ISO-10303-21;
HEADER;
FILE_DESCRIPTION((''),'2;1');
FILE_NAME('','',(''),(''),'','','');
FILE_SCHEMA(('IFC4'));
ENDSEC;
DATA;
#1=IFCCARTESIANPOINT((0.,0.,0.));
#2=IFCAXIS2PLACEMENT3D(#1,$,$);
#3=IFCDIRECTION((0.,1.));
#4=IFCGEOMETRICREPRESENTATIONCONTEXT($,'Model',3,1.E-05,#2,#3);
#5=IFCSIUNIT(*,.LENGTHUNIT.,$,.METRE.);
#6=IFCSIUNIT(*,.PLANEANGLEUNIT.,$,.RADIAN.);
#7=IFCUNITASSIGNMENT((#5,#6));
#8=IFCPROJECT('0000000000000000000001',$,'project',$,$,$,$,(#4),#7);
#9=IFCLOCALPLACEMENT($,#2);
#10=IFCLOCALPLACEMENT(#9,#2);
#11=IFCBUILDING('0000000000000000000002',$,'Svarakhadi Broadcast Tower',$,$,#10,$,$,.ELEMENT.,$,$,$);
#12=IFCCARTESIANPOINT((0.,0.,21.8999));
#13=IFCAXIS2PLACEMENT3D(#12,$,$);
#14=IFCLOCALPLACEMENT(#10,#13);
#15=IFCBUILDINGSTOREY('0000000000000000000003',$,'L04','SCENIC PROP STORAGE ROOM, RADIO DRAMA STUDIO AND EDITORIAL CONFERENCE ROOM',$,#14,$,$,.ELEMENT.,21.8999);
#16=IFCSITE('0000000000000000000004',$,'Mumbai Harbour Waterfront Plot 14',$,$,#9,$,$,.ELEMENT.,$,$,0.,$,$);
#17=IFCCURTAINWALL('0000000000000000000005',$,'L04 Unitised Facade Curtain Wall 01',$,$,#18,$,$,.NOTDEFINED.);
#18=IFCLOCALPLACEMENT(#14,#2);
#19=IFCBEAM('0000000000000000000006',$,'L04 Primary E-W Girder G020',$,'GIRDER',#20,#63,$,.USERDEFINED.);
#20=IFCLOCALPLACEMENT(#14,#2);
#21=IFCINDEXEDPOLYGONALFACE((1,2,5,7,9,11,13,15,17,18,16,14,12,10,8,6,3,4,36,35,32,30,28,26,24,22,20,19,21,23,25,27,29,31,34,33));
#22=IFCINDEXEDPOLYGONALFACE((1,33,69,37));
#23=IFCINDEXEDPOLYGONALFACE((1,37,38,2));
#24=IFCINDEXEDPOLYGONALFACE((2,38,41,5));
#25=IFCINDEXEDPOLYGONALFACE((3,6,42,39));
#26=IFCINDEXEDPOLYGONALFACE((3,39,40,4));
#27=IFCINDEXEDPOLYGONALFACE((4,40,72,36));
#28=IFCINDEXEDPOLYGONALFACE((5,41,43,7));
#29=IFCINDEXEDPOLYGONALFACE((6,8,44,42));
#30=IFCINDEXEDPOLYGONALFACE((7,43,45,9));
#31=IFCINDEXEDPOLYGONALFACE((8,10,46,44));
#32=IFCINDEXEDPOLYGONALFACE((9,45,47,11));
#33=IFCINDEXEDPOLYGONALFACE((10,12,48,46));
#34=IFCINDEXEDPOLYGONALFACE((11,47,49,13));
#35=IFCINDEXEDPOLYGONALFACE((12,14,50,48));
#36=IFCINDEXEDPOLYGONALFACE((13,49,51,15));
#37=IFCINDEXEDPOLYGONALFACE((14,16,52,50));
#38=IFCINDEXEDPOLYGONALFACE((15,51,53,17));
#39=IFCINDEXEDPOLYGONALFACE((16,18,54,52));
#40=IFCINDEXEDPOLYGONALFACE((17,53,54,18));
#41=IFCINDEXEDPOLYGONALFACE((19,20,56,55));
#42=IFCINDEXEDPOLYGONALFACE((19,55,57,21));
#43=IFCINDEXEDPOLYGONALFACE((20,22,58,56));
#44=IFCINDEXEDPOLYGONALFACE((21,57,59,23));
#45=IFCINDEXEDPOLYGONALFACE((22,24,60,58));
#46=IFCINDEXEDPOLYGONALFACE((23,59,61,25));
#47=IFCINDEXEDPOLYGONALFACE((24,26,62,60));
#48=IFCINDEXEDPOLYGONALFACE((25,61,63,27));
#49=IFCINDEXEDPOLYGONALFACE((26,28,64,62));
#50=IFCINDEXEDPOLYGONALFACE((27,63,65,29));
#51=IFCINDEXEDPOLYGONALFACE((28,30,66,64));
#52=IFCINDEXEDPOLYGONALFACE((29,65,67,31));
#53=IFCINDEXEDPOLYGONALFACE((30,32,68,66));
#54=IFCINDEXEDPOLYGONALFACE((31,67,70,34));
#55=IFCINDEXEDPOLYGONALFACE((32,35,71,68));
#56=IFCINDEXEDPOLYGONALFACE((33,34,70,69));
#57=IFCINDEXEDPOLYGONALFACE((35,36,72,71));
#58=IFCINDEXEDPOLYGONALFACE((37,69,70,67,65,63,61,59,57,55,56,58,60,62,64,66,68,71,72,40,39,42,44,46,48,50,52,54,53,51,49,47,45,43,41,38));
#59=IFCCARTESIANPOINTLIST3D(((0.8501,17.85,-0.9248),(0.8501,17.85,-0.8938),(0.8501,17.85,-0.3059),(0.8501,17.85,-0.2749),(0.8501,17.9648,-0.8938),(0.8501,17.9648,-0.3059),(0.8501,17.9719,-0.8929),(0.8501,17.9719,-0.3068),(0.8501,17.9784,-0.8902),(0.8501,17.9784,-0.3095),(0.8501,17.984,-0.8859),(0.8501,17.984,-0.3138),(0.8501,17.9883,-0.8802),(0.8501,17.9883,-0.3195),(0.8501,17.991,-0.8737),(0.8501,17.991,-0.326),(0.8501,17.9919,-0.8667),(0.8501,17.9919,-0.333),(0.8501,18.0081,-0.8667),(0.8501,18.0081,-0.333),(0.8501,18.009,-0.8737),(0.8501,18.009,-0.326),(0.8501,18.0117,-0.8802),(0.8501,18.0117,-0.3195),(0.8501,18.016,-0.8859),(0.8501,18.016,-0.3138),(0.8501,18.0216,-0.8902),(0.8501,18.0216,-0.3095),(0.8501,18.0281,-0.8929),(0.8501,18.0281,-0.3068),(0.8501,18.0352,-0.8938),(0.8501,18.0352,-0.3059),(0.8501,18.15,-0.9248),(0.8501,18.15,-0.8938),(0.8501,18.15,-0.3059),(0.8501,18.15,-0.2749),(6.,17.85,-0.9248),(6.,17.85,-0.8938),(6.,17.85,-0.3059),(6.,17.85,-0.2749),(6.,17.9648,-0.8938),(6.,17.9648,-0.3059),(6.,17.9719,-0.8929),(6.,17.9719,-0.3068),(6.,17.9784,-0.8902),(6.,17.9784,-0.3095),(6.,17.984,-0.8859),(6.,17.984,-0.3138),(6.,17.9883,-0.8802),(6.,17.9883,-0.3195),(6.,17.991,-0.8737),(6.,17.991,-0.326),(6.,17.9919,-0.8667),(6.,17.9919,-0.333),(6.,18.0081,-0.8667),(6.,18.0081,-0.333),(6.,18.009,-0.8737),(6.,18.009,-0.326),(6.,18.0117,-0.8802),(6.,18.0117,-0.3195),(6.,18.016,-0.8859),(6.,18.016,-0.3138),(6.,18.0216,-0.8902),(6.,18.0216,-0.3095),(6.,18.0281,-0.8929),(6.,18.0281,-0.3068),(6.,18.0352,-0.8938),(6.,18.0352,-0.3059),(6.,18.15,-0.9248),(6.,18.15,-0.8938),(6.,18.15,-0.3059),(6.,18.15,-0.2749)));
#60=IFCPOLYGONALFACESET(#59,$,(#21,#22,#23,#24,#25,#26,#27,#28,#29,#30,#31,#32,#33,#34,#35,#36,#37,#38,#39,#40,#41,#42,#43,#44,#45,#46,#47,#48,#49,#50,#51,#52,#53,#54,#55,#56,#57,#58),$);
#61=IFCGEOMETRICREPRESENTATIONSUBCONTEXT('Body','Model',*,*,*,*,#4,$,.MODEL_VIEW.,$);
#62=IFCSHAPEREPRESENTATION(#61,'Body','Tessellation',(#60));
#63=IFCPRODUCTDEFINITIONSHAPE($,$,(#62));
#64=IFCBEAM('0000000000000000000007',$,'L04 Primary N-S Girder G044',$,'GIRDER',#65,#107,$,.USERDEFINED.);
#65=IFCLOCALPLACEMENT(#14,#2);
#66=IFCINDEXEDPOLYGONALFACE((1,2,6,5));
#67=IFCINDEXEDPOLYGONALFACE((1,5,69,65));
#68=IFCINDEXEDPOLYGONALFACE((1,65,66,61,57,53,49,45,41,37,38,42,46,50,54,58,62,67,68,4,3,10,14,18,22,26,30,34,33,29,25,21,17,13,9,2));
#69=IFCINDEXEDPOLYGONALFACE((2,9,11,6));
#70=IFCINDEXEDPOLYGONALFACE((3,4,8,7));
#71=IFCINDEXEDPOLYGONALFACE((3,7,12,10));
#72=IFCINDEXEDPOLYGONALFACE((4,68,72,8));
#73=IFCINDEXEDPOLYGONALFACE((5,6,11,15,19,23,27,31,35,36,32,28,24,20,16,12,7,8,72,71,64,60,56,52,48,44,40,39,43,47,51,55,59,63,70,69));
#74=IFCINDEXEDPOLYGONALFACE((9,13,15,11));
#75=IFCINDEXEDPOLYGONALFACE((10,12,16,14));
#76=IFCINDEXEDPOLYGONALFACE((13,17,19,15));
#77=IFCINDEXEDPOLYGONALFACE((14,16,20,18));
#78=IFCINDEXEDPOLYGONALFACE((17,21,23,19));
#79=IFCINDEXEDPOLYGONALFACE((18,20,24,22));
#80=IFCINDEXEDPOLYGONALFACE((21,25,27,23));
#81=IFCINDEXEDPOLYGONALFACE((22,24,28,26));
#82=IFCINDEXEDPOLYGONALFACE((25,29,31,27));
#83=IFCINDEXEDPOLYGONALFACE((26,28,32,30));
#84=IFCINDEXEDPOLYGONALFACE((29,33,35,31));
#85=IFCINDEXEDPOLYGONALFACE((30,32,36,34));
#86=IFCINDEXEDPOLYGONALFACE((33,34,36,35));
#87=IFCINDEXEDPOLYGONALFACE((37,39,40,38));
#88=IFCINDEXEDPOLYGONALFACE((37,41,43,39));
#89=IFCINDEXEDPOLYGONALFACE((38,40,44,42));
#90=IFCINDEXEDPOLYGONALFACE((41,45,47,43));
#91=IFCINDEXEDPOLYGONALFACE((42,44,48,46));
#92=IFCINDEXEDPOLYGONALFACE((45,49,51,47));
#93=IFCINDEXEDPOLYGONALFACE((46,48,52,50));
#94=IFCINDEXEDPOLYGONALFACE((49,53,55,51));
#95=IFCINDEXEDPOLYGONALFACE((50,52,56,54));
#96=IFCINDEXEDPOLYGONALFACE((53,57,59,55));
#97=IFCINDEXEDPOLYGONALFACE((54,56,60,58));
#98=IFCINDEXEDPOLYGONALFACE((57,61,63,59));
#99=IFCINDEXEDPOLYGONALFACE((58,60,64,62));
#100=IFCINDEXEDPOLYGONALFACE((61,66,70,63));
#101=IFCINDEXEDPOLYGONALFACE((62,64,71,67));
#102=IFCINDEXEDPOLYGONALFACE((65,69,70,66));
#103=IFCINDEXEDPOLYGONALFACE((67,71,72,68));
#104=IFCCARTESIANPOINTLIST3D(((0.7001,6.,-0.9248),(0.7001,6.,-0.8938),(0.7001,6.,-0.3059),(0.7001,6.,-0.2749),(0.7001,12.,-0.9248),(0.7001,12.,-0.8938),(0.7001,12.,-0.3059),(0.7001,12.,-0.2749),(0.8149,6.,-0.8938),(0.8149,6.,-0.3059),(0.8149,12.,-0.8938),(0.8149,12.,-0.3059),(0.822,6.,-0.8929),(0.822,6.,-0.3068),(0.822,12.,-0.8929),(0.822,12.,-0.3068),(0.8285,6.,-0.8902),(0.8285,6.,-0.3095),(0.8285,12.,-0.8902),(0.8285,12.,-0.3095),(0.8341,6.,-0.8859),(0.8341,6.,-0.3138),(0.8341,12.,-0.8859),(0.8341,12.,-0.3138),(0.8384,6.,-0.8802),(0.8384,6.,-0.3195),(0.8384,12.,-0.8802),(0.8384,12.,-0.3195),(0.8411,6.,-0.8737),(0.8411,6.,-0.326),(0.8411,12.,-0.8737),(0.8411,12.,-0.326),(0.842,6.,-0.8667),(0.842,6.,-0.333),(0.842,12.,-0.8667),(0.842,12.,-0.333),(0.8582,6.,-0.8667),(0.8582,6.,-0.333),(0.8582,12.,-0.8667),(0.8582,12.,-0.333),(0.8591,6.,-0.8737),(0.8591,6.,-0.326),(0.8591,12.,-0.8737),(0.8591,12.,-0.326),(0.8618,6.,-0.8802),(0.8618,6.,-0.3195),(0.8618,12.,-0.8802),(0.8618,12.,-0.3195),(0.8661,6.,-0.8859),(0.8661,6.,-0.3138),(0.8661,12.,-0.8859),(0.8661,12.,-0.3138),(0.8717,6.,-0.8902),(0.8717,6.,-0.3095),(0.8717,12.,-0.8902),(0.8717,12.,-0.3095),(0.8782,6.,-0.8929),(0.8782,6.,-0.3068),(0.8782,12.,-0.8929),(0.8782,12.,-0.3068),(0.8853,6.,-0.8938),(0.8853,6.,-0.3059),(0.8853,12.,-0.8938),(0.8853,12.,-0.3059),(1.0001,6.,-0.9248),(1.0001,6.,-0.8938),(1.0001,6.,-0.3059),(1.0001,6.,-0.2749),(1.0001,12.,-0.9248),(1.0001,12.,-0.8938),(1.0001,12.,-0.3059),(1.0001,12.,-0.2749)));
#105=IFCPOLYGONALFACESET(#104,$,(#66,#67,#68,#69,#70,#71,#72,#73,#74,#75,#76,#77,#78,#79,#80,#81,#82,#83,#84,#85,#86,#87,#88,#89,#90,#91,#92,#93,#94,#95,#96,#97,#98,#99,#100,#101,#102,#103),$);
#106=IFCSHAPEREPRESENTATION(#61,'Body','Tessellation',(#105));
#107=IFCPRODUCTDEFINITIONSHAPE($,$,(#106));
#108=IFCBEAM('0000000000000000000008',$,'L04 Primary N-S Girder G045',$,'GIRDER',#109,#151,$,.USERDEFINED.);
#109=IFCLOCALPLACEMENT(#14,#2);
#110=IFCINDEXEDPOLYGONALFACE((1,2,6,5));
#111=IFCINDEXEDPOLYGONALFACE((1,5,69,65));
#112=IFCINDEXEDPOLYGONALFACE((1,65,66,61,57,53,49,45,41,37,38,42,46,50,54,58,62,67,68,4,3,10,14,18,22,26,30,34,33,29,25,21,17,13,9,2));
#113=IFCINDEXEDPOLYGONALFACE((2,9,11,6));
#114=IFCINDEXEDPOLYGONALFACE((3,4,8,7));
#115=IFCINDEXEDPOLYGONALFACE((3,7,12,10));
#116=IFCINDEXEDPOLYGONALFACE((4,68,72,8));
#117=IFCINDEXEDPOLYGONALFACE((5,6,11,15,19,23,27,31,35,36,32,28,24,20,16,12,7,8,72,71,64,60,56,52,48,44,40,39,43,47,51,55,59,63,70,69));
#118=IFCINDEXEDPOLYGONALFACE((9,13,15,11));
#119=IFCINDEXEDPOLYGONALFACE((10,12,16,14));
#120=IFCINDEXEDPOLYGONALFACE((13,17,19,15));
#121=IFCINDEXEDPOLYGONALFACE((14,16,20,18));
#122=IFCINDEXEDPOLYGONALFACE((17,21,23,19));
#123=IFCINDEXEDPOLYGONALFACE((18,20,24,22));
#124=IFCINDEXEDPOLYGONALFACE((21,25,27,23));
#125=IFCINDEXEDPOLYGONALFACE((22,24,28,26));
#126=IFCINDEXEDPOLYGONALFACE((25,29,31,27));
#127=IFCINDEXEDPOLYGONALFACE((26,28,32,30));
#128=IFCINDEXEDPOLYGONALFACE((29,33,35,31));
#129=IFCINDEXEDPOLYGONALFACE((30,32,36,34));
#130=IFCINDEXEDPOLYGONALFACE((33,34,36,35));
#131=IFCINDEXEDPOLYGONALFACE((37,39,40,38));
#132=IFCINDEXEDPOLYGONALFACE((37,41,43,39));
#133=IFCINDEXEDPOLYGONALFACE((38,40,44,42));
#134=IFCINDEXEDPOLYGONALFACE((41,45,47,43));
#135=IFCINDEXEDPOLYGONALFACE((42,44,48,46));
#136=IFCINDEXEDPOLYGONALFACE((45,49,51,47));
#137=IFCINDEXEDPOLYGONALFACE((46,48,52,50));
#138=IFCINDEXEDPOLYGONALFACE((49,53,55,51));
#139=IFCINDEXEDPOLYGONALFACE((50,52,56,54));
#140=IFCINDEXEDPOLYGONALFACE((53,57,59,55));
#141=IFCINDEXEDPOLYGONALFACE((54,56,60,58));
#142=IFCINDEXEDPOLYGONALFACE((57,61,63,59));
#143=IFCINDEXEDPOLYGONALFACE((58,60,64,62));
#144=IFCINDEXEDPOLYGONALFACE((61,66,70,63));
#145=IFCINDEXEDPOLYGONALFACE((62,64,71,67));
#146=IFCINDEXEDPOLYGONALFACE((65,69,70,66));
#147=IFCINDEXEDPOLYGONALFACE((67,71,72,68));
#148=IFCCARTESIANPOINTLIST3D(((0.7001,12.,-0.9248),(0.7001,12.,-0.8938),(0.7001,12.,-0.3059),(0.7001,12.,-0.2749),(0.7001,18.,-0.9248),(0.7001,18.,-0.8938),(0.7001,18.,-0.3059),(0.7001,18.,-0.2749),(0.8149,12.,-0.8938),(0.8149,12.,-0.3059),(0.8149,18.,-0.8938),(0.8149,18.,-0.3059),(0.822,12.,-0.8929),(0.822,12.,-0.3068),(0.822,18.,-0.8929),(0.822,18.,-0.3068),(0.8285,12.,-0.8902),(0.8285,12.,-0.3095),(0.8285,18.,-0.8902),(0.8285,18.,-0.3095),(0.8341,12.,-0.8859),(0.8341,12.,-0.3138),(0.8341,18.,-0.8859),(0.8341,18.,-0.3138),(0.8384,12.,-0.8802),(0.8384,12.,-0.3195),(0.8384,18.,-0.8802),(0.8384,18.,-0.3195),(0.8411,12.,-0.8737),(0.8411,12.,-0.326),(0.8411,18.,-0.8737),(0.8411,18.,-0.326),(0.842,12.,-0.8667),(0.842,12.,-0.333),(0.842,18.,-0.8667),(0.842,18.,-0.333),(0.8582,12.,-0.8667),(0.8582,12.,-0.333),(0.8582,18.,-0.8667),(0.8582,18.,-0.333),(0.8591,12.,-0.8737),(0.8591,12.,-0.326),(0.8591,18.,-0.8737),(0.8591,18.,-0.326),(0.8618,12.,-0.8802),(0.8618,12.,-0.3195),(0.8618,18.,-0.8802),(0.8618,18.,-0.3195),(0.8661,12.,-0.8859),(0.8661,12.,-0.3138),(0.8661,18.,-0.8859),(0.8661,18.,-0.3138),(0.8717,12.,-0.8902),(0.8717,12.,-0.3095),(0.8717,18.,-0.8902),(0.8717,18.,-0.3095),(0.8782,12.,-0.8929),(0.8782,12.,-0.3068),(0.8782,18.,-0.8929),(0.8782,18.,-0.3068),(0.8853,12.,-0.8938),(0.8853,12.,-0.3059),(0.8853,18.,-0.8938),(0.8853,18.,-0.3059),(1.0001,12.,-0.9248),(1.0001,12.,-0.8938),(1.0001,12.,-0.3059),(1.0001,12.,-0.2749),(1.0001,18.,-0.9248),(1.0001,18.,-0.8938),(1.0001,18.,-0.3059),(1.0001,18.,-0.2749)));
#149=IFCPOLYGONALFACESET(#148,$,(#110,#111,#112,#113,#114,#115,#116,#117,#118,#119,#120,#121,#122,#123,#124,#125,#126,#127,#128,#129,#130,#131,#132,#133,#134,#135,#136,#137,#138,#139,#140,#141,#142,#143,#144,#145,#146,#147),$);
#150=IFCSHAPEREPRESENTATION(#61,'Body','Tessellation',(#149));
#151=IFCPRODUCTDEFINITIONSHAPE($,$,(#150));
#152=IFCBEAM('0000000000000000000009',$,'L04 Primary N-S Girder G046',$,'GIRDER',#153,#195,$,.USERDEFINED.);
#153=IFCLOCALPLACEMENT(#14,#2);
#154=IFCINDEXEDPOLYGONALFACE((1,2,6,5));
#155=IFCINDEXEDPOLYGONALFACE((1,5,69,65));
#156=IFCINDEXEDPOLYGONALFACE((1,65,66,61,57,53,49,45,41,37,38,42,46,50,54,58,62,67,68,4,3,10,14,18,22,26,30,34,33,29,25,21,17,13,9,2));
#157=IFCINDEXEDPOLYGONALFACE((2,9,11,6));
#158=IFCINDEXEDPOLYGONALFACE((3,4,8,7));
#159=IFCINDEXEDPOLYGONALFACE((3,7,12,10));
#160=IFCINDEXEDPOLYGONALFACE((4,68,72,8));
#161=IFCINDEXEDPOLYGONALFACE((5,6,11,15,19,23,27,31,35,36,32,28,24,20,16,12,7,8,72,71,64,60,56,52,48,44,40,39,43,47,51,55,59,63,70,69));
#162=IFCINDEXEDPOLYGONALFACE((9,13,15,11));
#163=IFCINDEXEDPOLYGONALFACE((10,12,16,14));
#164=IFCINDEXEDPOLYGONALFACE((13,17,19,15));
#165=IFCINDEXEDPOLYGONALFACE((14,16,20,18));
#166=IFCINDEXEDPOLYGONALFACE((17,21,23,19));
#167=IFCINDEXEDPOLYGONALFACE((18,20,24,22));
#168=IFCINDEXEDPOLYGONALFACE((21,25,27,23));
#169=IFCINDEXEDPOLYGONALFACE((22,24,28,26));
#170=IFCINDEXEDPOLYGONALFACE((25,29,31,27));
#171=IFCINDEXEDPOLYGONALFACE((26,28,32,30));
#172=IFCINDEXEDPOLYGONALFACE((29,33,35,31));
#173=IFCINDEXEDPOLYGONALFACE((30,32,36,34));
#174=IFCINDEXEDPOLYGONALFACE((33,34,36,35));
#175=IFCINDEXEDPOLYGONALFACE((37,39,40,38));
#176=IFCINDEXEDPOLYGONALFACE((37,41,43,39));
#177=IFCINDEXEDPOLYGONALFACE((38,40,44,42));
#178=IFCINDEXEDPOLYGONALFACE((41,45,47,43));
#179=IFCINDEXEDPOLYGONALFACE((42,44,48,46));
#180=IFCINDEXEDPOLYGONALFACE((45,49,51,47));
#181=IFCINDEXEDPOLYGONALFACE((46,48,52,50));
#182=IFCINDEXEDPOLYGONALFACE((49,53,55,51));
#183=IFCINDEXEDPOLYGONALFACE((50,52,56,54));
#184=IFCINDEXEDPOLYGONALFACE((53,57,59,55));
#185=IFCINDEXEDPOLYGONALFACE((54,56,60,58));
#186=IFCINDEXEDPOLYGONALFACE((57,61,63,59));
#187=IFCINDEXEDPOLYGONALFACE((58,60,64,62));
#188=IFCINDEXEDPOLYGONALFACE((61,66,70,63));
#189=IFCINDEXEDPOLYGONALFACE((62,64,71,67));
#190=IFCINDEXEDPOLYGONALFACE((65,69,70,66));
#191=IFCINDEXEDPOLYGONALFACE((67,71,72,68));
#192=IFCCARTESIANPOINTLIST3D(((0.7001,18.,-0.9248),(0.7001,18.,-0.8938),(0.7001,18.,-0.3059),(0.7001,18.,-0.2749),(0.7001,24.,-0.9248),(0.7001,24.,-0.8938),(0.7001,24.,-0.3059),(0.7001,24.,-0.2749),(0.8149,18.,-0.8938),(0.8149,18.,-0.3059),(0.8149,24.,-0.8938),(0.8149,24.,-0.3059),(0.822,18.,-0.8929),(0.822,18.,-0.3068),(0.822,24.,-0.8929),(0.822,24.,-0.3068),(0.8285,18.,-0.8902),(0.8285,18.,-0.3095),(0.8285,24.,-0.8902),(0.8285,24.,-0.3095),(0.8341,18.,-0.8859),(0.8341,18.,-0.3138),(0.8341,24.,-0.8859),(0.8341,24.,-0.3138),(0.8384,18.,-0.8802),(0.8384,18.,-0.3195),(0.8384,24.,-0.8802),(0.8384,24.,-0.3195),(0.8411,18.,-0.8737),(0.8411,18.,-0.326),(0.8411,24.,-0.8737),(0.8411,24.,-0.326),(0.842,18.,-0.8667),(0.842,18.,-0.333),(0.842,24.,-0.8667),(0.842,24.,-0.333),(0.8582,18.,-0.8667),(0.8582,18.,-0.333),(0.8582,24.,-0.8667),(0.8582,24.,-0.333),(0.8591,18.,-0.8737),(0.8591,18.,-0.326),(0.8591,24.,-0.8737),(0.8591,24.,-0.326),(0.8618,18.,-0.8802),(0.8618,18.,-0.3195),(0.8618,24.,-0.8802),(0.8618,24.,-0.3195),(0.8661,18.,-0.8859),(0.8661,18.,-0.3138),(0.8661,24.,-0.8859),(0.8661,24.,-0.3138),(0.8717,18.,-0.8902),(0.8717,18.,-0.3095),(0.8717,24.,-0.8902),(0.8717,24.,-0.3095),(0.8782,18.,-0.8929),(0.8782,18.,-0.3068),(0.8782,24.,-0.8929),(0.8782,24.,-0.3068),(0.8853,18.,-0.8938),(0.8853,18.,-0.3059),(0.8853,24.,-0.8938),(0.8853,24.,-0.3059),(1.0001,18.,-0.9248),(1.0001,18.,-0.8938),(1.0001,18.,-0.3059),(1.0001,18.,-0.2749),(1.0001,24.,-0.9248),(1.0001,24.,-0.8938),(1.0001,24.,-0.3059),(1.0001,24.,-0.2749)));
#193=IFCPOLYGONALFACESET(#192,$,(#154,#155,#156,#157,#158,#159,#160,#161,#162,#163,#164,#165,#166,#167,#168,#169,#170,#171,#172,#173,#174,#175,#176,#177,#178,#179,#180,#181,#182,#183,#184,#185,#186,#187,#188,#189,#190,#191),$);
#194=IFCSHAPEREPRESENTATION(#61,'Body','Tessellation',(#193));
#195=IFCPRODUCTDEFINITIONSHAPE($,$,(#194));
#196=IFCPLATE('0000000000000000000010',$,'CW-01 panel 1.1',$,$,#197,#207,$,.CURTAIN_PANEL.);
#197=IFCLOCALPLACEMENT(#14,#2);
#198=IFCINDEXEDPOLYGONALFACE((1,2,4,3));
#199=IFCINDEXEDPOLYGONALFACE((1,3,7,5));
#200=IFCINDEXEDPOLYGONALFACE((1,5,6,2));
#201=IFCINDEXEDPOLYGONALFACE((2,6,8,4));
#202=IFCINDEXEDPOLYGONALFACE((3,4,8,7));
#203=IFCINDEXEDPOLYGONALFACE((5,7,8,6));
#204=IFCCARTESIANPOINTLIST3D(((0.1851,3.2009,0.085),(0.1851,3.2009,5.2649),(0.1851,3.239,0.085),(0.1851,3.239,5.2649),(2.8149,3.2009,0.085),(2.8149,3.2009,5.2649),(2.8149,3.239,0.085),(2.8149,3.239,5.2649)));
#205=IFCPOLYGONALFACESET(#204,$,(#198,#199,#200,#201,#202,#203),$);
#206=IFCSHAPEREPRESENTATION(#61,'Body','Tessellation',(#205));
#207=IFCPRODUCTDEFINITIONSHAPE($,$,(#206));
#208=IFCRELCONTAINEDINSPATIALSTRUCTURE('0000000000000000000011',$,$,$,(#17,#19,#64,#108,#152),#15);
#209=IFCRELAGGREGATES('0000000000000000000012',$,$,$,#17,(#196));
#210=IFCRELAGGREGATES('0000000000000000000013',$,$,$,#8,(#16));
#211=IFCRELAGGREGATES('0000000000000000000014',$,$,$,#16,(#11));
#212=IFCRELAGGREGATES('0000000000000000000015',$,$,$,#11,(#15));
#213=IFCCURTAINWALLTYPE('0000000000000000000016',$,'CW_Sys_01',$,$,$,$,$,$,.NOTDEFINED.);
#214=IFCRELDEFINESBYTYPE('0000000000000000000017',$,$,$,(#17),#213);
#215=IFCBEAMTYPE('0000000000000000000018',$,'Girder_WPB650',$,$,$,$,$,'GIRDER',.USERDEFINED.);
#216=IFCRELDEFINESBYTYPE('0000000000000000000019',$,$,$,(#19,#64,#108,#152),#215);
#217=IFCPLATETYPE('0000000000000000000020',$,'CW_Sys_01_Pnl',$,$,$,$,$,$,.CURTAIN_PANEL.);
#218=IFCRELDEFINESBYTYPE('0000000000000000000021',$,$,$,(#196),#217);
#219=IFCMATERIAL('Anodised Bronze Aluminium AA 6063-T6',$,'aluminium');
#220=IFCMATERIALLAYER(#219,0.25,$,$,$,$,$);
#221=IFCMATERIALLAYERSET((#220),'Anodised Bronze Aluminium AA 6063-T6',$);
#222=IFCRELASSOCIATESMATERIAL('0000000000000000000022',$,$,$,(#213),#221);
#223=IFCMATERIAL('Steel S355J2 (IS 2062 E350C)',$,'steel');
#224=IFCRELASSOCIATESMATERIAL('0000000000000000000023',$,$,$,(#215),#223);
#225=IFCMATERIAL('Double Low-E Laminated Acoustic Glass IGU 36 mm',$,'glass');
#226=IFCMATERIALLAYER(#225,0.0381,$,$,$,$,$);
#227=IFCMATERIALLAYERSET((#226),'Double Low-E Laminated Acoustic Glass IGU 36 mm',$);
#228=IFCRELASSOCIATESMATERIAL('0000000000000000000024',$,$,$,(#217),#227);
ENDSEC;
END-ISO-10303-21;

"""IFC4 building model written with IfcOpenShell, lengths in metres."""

from ifc_helpers import new_model, si_unit, direction, frame, origin, origin_2d, place, context, subcontext, project, spatial, rectangle, i_section, extrude, material, layer, layer_set, material_profile, profile_set, type_object, element, aggregate, save


model = new_model("IFC4")

# Units and contexts
model_context = context("Model", 3, precision=1e-05, world=origin(), true_north=direction((0.0, 1.0)))
body_context = subcontext(model_context, "Body", "Model", "MODEL_VIEW")
ifc_project = project(units=[si_unit("LENGTHUNIT", "METRE"), si_unit("PLANEANGLEUNIT", "RADIAN")], contexts=[model_context])

# Site, building, storey
site_placement = place(None, origin())
site = spatial("IfcSite", under=ifc_project, at=site_placement, Name="Mumbai Harbour Waterfront Plot 14", CompositionType="ELEMENT", RefElevation=0.0)
building_placement = place(site_placement, origin())
building = spatial("IfcBuilding", under=site, at=building_placement, Name="Svarakhadi Broadcast Tower", CompositionType="ELEMENT")
storey_placement = place(building_placement, frame((0.0, 0.0, 21.8999)))
storey = spatial("IfcBuildingStorey", under=building, at=storey_placement, Name="L04", Description="SCENIC PROP STORAGE ROOM, RADIO DRAMA STUDIO AND EDITORIAL CONFERENCE ROOM", CompositionType="ELEMENT", Elevation=21.8999)

# Shared definitions
ifc_material_1 = material(Name="Steel S355J2 (IS 2062 E350C)", Category="steel")

# Curtain wall
ifc_material_2 = material(Name="Anodised Bronze Aluminium AA 6063-T6", Category="aluminium")
ifc_layer_1 = layer(ifc_material_2, 0.25)
ifc_layer_set_1 = layer_set([ifc_layer_1], Name="Anodised Bronze Aluminium AA 6063-T6")
curtain_wall_type = type_object("IfcCurtainWallType", Name="CW_Sys_01", PredefinedType="NOTDEFINED", material=ifc_layer_set_1)
curtain_wall_1_placement = place(storey_placement, origin())
curtain_wall_1 = element("IfcCurtainWall", 1, at=curtain_wall_1_placement, inside=storey, type_object=curtain_wall_type, Name="L04 Unitised Facade Curtain Wall 01", PredefinedType="NOTDEFINED")

# Beams
ifc_material_profile_1 = material_profile(ifc_material_1, i_section(OverallWidth=0.3, OverallDepth=0.6499, WebThickness=0.0161, FlangeThickness=0.031, FilletRadius=0.0271, at=origin_2d()), Name="WPB 650x300x225")
ifc_profile_set_1 = profile_set([ifc_material_profile_1], Name="Steel S355J2 (IS 2062 E350C)")
beam_type_1 = type_object("IfcBeamType", Name="Girder_WPB650", ElementType="GIRDER", PredefinedType="USERDEFINED", material=ifc_profile_set_1)
for number, where, z_axis, x_axis, name in (
    (2, (0.8501, 18.0, -0.5999), (1.0, 0.0, 0.0), (0.0, 1.0, 0.0), "L04 Primary E-W Girder G020"),
):
    element("IfcBeam", number, at=place(storey_placement, frame(where, z_axis=z_axis, x_axis=x_axis)), inside=storey, type_object=beam_type_1, Name=name, ObjectType="GIRDER", PredefinedType="USERDEFINED", context=body_context, shape_type="SweptSolid", body=[
        extrude(i_section(OverallWidth=0.3, OverallDepth=0.6499, WebThickness=0.0161, FlangeThickness=0.031, FilletRadius=0.0271, at=origin_2d()), origin(), (0.0, 0.0, 1.0), 5.1499),
    ])
for number, where, z_axis, x_axis, name in (
    (3, (0.8501, 6.0, -0.5999), (0.0, 1.0, 0.0), (-1.0, 0.0, 0.0), "L04 Primary N-S Girder G044"),
    (4, (0.8501, 12.0, -0.5999), (0.0, 1.0, 0.0), (-1.0, 0.0, 0.0), "L04 Primary N-S Girder G045"),
    (5, (0.8501, 18.0, -0.5999), (0.0, 1.0, 0.0), (-1.0, 0.0, 0.0), "L04 Primary N-S Girder G046"),
):
    element("IfcBeam", number, at=place(storey_placement, frame(where, z_axis=z_axis, x_axis=x_axis)), inside=storey, type_object=beam_type_1, Name=name, ObjectType="GIRDER", PredefinedType="USERDEFINED", context=body_context, shape_type="SweptSolid", body=[
        extrude(i_section(OverallWidth=0.3, OverallDepth=0.6499, WebThickness=0.0161, FlangeThickness=0.031, FilletRadius=0.0271, at=origin_2d()), origin(), (0.0, 0.0, 1.0), 6.0),
    ])

# Plate
ifc_material_3 = material(Name="Double Low-E Laminated Acoustic Glass IGU 36 mm", Category="glass")
ifc_layer_2 = layer(ifc_material_3, 0.0381)
ifc_layer_set_2 = layer_set([ifc_layer_2], Name="Double Low-E Laminated Acoustic Glass IGU 36 mm")
plate_type = type_object("IfcPlateType", Name="CW_Sys_01_Pnl", PredefinedType="CURTAIN_PANEL", material=ifc_layer_set_2)
plate_1_placement = place(storey_placement, frame((1.5, 3.22, 0.085), z_axis=(0.0, 0.0, 1.0), x_axis=(-1.0, 0.0, 0.0)))
plate_1 = element("IfcPlate", 6, at=plate_1_placement, type_object=plate_type, Name="CW-01 panel 1.1", PredefinedType="CURTAIN_PANEL", context=body_context, shape_type="SweptSolid", body=[
    extrude(rectangle(XDim=2.6299, YDim=0.0381, at=origin_2d()), origin(), (0.0, 0.0, 1.0), 5.1799),
])
aggregate(curtain_wall_1, [plate_1])

save(model, "model.ifc")
